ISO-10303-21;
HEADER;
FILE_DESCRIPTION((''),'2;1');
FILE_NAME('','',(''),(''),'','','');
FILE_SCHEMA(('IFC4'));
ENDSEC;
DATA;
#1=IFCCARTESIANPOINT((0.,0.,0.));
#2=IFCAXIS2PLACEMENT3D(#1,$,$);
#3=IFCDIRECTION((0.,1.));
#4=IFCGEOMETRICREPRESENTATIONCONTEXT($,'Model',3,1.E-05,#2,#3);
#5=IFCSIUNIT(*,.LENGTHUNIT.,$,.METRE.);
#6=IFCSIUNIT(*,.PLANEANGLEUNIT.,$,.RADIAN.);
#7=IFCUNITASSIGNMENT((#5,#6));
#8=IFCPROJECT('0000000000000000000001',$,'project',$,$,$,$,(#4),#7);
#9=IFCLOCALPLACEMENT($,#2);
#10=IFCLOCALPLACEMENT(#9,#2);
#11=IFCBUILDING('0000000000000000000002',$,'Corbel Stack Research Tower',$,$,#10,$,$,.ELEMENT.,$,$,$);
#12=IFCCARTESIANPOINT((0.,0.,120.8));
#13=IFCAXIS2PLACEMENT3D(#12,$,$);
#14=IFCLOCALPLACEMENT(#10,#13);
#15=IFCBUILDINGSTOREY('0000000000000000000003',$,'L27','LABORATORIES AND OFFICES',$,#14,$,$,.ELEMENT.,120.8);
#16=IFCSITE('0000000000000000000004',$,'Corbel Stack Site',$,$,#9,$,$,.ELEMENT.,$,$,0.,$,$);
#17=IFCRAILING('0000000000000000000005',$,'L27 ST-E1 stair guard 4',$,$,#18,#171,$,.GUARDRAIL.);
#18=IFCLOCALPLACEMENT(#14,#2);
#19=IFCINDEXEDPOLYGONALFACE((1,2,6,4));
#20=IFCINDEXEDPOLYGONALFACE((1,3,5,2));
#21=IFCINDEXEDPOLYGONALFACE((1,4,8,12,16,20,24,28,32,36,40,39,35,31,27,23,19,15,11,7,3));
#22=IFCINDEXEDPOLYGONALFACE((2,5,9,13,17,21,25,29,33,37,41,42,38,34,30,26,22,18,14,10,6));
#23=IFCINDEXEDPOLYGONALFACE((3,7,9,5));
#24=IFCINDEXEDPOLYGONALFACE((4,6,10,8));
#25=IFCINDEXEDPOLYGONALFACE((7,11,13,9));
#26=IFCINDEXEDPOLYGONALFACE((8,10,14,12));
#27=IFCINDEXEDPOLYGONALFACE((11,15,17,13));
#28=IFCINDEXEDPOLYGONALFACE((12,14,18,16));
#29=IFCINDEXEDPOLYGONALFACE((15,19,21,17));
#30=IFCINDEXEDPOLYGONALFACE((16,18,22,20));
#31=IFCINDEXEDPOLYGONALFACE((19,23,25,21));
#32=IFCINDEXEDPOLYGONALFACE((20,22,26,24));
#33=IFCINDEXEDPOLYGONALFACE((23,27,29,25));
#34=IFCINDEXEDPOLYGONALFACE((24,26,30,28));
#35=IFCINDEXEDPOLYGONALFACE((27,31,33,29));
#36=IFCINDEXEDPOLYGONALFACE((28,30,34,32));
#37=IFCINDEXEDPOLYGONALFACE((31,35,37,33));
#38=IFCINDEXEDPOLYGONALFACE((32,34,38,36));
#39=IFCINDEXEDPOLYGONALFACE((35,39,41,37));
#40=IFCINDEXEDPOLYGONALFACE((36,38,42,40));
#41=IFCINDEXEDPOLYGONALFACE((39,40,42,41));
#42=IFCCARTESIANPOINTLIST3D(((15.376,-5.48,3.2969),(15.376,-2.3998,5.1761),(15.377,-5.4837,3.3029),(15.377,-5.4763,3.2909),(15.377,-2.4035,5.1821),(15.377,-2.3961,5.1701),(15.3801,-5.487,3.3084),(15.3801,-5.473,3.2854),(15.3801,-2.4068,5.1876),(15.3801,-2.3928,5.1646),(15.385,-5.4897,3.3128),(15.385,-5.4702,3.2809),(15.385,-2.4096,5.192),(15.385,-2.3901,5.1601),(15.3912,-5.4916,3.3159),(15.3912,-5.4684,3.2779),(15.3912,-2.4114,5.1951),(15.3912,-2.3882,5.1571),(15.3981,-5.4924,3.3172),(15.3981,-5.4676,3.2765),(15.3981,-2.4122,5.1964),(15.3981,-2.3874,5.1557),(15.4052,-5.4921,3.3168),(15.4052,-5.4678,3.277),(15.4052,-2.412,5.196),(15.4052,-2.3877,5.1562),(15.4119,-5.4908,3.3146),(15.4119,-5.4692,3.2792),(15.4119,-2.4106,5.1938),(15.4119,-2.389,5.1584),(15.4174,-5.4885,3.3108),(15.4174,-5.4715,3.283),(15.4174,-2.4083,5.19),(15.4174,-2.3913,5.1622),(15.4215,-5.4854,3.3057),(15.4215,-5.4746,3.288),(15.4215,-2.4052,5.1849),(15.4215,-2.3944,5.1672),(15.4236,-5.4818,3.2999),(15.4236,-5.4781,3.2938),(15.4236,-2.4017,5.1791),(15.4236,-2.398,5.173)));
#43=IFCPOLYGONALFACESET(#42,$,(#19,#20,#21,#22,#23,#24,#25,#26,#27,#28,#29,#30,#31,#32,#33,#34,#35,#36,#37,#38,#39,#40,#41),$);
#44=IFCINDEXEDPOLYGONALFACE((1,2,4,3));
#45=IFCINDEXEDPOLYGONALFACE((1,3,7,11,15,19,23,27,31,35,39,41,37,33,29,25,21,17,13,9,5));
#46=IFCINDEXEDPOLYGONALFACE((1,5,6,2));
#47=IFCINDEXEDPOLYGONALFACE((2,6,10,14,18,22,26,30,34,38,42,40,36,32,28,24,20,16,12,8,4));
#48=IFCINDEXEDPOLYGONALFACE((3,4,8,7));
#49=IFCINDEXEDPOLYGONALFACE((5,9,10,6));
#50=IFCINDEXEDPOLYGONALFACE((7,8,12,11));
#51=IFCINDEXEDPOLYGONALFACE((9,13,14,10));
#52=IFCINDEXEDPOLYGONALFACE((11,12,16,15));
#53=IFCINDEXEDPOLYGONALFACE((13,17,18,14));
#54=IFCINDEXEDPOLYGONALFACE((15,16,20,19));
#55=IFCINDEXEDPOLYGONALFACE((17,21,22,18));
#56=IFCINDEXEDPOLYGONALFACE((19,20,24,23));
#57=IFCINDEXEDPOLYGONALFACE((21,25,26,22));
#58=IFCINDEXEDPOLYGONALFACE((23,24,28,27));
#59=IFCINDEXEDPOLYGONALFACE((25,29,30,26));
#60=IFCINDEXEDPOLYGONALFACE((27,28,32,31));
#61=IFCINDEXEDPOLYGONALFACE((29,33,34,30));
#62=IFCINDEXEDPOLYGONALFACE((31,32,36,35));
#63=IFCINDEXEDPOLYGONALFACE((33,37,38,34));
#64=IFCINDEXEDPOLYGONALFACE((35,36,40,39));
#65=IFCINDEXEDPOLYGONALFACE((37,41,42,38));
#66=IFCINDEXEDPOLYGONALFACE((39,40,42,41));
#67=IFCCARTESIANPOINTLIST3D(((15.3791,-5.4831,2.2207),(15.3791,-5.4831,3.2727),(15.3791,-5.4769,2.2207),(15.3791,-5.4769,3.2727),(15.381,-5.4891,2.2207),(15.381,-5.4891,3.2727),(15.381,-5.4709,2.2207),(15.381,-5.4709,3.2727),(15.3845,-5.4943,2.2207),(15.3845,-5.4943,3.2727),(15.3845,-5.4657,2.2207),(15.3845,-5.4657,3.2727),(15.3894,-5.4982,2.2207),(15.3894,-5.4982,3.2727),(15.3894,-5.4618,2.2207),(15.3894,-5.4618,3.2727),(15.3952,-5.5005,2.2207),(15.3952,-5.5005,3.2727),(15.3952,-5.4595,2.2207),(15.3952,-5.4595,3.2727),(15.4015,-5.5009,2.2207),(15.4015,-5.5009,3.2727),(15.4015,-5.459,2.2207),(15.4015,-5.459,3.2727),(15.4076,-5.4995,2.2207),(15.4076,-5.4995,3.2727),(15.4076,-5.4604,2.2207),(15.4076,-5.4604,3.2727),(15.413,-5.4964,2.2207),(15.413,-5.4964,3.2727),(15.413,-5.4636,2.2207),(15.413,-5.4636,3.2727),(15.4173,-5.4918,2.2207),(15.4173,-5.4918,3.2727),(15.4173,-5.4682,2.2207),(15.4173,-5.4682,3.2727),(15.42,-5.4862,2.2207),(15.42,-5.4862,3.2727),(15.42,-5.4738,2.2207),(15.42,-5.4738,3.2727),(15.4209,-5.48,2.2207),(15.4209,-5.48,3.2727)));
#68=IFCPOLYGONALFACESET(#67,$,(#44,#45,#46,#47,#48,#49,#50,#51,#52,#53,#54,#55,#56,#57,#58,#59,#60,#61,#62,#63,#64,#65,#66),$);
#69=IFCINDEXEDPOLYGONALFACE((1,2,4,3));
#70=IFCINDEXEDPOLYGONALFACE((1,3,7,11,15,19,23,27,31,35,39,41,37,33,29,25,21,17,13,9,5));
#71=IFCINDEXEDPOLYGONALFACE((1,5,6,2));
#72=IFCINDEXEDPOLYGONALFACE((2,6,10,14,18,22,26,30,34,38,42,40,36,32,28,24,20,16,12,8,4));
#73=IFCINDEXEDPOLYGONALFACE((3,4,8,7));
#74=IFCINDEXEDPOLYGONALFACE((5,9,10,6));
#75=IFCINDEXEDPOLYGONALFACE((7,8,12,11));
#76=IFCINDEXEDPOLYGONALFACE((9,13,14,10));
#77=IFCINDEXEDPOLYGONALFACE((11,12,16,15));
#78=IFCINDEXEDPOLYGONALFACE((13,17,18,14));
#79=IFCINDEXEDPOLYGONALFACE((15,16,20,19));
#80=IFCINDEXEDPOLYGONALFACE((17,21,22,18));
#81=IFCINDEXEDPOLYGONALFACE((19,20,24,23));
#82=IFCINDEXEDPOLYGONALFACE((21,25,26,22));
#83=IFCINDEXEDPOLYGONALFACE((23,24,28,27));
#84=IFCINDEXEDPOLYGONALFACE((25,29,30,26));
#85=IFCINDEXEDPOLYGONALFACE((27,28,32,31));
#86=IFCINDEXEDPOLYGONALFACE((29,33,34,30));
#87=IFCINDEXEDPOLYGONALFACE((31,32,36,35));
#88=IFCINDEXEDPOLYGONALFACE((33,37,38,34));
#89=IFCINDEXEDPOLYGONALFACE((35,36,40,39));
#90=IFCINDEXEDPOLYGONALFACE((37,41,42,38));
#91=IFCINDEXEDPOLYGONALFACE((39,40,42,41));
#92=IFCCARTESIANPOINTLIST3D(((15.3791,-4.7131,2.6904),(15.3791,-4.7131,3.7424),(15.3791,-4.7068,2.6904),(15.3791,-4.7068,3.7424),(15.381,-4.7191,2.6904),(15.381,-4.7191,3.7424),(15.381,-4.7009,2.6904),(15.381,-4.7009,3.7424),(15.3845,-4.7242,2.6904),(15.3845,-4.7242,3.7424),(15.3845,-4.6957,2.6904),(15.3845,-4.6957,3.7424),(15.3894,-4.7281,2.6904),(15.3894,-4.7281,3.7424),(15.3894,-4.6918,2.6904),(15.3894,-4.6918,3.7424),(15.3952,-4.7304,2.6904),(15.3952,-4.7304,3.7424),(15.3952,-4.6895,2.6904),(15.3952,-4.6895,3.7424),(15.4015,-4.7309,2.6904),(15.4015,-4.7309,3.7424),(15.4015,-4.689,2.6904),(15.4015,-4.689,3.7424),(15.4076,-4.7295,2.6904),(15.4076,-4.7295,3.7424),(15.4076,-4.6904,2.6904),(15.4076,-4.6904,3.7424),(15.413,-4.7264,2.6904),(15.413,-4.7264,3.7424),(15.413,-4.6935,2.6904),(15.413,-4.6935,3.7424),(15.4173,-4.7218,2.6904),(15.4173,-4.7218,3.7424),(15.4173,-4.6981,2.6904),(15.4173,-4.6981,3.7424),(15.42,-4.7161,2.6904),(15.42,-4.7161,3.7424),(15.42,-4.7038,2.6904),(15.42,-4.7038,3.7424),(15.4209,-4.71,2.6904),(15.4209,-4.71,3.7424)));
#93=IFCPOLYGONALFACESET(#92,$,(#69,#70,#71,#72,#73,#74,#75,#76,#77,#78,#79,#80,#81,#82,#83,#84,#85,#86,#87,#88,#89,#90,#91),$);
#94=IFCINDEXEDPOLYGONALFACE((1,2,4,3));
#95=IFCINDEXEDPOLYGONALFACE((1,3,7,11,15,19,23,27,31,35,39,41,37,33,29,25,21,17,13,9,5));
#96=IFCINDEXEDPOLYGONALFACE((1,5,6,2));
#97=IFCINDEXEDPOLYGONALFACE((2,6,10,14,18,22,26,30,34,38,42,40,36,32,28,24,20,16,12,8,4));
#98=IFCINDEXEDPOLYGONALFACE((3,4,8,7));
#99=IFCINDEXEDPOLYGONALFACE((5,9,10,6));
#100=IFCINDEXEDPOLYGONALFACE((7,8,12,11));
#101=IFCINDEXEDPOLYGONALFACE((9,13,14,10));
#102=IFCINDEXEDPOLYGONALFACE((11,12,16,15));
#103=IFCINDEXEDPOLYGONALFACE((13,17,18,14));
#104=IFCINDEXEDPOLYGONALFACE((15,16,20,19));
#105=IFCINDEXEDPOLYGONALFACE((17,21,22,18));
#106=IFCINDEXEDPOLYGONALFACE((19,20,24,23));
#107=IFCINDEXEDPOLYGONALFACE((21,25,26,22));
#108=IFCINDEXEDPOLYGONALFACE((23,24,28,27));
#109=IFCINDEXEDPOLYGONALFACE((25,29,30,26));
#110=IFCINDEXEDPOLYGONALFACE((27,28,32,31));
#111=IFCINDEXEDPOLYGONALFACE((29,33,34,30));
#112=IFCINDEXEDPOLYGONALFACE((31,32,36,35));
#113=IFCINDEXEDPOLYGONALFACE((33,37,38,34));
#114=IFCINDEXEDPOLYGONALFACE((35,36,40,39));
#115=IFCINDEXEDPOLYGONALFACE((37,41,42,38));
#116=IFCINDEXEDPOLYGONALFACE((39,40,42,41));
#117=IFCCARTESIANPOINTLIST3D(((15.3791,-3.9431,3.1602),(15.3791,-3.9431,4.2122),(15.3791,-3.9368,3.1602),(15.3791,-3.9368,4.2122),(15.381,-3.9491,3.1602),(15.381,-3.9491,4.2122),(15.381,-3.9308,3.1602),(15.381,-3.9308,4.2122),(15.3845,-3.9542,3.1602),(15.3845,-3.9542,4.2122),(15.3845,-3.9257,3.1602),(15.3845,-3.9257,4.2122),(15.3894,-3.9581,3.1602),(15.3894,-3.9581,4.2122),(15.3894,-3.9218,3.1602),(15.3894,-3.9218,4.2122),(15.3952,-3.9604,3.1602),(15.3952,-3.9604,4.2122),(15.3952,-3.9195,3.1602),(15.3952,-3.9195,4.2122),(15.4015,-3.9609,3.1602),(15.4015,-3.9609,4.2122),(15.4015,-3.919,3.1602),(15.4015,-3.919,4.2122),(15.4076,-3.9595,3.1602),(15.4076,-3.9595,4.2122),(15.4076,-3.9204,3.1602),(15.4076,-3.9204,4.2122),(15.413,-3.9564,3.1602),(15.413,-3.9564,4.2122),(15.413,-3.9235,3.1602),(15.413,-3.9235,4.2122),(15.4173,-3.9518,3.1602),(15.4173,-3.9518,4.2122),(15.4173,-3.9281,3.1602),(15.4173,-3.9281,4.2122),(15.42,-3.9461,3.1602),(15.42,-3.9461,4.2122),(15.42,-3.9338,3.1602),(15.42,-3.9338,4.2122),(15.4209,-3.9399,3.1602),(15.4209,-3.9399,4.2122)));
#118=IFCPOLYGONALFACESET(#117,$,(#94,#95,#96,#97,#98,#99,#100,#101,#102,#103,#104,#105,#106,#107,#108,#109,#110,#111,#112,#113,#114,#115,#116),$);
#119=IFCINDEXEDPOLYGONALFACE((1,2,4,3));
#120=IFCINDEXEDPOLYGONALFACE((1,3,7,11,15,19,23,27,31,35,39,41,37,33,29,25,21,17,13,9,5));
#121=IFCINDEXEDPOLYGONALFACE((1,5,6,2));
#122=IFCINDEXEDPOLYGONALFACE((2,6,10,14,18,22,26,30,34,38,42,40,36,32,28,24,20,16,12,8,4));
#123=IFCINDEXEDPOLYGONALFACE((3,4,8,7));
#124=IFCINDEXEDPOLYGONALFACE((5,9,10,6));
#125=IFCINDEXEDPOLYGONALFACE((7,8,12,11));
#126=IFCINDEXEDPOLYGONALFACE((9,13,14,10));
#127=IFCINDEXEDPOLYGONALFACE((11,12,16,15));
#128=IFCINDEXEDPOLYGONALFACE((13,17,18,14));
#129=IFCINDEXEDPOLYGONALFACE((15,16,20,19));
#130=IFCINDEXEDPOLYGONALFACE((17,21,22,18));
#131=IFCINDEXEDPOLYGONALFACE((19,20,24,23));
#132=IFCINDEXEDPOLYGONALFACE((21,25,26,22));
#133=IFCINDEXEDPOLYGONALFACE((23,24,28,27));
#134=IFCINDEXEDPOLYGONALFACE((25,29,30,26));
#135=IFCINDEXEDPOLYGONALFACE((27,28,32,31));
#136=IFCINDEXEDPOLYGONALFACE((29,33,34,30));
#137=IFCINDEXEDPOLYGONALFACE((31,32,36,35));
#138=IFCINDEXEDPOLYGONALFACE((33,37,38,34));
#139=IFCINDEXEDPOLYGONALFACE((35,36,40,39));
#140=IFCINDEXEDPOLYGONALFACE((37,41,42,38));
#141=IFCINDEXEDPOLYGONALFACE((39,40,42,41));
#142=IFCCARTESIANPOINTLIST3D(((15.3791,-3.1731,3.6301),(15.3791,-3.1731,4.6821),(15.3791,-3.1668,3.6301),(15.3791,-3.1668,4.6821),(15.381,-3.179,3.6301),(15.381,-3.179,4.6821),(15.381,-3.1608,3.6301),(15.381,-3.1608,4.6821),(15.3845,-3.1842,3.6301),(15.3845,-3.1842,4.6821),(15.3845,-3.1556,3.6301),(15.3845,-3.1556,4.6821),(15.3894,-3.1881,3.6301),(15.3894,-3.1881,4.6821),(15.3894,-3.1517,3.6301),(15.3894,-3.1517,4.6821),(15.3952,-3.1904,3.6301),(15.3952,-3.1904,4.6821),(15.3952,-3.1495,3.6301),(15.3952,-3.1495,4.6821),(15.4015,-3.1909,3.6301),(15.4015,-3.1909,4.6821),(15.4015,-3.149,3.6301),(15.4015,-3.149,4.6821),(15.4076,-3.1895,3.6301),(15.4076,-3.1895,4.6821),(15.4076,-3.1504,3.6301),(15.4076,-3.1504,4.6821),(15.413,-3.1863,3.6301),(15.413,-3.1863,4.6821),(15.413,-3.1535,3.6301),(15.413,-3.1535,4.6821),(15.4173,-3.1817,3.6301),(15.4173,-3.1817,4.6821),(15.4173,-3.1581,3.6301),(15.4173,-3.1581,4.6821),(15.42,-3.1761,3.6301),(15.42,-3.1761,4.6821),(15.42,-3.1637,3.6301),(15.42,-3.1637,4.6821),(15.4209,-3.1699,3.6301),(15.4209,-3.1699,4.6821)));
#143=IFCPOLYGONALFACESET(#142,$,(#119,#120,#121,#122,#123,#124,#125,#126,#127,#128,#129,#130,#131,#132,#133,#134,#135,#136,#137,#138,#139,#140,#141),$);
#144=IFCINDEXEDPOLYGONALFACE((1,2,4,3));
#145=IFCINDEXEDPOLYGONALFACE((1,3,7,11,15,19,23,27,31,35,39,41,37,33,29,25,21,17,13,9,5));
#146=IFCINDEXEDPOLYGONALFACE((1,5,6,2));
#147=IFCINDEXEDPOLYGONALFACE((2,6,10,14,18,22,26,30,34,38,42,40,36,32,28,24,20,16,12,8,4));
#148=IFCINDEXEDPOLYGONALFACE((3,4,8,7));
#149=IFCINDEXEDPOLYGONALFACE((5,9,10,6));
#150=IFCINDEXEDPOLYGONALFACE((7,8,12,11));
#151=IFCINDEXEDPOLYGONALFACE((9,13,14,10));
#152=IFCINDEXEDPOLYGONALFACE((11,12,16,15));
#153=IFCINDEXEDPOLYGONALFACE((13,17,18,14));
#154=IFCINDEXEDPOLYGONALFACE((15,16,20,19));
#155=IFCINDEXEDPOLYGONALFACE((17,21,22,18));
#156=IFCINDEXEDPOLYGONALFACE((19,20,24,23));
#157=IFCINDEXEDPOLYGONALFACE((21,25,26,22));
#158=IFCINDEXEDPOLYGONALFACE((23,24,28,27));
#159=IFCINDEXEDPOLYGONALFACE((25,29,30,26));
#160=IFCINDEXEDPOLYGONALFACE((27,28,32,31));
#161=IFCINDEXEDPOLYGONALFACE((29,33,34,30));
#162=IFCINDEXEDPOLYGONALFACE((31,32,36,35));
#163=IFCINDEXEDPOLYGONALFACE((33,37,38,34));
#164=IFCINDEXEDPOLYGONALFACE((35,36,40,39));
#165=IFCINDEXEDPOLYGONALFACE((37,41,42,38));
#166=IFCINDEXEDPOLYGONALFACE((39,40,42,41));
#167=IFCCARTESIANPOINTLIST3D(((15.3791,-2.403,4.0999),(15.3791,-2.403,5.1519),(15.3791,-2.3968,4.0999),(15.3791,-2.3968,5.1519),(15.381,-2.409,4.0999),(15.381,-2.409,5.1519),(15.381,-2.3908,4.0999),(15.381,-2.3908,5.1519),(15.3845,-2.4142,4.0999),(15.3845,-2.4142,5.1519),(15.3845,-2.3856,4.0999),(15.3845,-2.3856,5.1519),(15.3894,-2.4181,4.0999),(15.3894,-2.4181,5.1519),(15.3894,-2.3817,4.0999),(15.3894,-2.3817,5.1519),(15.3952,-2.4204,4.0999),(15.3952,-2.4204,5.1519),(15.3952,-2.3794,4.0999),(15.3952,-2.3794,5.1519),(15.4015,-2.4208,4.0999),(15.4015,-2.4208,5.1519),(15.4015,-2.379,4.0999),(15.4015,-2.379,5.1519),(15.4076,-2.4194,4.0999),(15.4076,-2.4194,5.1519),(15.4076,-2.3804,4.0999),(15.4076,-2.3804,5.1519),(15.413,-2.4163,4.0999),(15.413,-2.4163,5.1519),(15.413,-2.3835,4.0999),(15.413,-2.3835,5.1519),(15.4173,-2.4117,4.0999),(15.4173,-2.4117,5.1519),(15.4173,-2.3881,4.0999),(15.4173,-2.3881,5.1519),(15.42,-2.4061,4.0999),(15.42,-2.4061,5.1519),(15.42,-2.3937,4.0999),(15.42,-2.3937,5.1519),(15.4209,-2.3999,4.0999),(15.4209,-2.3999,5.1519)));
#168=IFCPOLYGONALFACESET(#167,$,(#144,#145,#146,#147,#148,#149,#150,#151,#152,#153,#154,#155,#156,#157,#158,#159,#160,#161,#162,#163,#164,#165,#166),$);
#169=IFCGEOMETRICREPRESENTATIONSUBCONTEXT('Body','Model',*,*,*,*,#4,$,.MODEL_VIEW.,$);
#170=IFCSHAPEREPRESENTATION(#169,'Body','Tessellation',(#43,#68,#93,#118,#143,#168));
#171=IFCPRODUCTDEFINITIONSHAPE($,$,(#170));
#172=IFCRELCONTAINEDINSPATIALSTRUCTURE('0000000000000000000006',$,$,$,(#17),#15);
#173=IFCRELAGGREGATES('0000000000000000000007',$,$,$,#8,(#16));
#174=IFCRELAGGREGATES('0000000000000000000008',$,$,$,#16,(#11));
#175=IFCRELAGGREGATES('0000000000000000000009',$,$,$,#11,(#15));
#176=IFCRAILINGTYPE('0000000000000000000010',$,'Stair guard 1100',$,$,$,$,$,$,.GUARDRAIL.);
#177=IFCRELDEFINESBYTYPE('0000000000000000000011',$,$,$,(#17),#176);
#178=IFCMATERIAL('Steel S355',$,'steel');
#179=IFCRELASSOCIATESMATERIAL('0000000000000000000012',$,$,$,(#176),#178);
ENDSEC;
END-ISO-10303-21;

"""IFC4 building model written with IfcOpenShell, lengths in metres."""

from ifc_helpers import new_model, si_unit, direction, frame, origin, origin_2d, place, context, subcontext, project, spatial, circle, extrude, material, type_object, element, save


model = new_model("IFC4")

# Units and contexts
model_context = context("Model", 3, precision=1e-05, world=origin(), true_north=direction((0.0, 1.0)))
body_context = subcontext(model_context, "Body", "Model", "MODEL_VIEW")
ifc_project = project(units=[si_unit("LENGTHUNIT", "METRE"), si_unit("PLANEANGLEUNIT", "RADIAN")], contexts=[model_context])

# Site, building, storey
site_placement = place(None, origin())
site = spatial("IfcSite", under=ifc_project, at=site_placement, Name="Corbel Stack Site", CompositionType="ELEMENT", RefElevation=0.0)
building_placement = place(site_placement, origin())
building = spatial("IfcBuilding", under=site, at=building_placement, Name="Corbel Stack Research Tower", CompositionType="ELEMENT")
storey_placement = place(building_placement, frame((0.0, 0.0, 120.8)))
storey = spatial("IfcBuildingStorey", under=building, at=storey_placement, Name="L27", Description="LABORATORIES AND OFFICES", CompositionType="ELEMENT", Elevation=120.8)

# Railing
ifc_material_1 = material(Name="Steel S355", Category="steel")
railing_type_1 = type_object("IfcRailingType", Name="Stair guard 1100", PredefinedType="GUARDRAIL", material=ifc_material_1)
railing_1_placement = place(storey_placement, frame((15.3999, -5.48, 2.2207)))
element("IfcRailing", 1, at=railing_1_placement, inside=storey, type_object=railing_type_1, Name="L27 ST-E1 stair guard 4", PredefinedType="GUARDRAIL", context=body_context, shape_type="SweptSolid", body=[
    extrude(circle(Radius=0.0239, at=origin_2d()), frame((0.0, 0.0, 1.0762), z_axis=(0.0, 0.853666, 0.52082), x_axis=(-1.0, 0.0, 0.0)), (0.0, 0.0, 1.0), 3.6082),
    extrude(circle(Radius=0.021, at=origin_2d()), origin(), (0.0, 0.0, 1.0), 1.052),
    extrude(circle(Radius=0.021, at=origin_2d()), frame((0.0, 0.77, 0.4697)), (0.0, 0.0, 1.0), 1.052),
    extrude(circle(Radius=0.021, at=origin_2d()), frame((0.0, 1.54, 0.9395)), (0.0, 0.0, 1.0), 1.052),
    extrude(circle(Radius=0.021, at=origin_2d()), frame((0.0, 2.3101, 1.4094)), (0.0, 0.0, 1.0), 1.052),
    extrude(circle(Radius=0.021, at=origin_2d()), frame((0.0, 3.0801, 1.8792)), (0.0, 0.0, 1.0), 1.052),
])

save(model, "model.ifc")
